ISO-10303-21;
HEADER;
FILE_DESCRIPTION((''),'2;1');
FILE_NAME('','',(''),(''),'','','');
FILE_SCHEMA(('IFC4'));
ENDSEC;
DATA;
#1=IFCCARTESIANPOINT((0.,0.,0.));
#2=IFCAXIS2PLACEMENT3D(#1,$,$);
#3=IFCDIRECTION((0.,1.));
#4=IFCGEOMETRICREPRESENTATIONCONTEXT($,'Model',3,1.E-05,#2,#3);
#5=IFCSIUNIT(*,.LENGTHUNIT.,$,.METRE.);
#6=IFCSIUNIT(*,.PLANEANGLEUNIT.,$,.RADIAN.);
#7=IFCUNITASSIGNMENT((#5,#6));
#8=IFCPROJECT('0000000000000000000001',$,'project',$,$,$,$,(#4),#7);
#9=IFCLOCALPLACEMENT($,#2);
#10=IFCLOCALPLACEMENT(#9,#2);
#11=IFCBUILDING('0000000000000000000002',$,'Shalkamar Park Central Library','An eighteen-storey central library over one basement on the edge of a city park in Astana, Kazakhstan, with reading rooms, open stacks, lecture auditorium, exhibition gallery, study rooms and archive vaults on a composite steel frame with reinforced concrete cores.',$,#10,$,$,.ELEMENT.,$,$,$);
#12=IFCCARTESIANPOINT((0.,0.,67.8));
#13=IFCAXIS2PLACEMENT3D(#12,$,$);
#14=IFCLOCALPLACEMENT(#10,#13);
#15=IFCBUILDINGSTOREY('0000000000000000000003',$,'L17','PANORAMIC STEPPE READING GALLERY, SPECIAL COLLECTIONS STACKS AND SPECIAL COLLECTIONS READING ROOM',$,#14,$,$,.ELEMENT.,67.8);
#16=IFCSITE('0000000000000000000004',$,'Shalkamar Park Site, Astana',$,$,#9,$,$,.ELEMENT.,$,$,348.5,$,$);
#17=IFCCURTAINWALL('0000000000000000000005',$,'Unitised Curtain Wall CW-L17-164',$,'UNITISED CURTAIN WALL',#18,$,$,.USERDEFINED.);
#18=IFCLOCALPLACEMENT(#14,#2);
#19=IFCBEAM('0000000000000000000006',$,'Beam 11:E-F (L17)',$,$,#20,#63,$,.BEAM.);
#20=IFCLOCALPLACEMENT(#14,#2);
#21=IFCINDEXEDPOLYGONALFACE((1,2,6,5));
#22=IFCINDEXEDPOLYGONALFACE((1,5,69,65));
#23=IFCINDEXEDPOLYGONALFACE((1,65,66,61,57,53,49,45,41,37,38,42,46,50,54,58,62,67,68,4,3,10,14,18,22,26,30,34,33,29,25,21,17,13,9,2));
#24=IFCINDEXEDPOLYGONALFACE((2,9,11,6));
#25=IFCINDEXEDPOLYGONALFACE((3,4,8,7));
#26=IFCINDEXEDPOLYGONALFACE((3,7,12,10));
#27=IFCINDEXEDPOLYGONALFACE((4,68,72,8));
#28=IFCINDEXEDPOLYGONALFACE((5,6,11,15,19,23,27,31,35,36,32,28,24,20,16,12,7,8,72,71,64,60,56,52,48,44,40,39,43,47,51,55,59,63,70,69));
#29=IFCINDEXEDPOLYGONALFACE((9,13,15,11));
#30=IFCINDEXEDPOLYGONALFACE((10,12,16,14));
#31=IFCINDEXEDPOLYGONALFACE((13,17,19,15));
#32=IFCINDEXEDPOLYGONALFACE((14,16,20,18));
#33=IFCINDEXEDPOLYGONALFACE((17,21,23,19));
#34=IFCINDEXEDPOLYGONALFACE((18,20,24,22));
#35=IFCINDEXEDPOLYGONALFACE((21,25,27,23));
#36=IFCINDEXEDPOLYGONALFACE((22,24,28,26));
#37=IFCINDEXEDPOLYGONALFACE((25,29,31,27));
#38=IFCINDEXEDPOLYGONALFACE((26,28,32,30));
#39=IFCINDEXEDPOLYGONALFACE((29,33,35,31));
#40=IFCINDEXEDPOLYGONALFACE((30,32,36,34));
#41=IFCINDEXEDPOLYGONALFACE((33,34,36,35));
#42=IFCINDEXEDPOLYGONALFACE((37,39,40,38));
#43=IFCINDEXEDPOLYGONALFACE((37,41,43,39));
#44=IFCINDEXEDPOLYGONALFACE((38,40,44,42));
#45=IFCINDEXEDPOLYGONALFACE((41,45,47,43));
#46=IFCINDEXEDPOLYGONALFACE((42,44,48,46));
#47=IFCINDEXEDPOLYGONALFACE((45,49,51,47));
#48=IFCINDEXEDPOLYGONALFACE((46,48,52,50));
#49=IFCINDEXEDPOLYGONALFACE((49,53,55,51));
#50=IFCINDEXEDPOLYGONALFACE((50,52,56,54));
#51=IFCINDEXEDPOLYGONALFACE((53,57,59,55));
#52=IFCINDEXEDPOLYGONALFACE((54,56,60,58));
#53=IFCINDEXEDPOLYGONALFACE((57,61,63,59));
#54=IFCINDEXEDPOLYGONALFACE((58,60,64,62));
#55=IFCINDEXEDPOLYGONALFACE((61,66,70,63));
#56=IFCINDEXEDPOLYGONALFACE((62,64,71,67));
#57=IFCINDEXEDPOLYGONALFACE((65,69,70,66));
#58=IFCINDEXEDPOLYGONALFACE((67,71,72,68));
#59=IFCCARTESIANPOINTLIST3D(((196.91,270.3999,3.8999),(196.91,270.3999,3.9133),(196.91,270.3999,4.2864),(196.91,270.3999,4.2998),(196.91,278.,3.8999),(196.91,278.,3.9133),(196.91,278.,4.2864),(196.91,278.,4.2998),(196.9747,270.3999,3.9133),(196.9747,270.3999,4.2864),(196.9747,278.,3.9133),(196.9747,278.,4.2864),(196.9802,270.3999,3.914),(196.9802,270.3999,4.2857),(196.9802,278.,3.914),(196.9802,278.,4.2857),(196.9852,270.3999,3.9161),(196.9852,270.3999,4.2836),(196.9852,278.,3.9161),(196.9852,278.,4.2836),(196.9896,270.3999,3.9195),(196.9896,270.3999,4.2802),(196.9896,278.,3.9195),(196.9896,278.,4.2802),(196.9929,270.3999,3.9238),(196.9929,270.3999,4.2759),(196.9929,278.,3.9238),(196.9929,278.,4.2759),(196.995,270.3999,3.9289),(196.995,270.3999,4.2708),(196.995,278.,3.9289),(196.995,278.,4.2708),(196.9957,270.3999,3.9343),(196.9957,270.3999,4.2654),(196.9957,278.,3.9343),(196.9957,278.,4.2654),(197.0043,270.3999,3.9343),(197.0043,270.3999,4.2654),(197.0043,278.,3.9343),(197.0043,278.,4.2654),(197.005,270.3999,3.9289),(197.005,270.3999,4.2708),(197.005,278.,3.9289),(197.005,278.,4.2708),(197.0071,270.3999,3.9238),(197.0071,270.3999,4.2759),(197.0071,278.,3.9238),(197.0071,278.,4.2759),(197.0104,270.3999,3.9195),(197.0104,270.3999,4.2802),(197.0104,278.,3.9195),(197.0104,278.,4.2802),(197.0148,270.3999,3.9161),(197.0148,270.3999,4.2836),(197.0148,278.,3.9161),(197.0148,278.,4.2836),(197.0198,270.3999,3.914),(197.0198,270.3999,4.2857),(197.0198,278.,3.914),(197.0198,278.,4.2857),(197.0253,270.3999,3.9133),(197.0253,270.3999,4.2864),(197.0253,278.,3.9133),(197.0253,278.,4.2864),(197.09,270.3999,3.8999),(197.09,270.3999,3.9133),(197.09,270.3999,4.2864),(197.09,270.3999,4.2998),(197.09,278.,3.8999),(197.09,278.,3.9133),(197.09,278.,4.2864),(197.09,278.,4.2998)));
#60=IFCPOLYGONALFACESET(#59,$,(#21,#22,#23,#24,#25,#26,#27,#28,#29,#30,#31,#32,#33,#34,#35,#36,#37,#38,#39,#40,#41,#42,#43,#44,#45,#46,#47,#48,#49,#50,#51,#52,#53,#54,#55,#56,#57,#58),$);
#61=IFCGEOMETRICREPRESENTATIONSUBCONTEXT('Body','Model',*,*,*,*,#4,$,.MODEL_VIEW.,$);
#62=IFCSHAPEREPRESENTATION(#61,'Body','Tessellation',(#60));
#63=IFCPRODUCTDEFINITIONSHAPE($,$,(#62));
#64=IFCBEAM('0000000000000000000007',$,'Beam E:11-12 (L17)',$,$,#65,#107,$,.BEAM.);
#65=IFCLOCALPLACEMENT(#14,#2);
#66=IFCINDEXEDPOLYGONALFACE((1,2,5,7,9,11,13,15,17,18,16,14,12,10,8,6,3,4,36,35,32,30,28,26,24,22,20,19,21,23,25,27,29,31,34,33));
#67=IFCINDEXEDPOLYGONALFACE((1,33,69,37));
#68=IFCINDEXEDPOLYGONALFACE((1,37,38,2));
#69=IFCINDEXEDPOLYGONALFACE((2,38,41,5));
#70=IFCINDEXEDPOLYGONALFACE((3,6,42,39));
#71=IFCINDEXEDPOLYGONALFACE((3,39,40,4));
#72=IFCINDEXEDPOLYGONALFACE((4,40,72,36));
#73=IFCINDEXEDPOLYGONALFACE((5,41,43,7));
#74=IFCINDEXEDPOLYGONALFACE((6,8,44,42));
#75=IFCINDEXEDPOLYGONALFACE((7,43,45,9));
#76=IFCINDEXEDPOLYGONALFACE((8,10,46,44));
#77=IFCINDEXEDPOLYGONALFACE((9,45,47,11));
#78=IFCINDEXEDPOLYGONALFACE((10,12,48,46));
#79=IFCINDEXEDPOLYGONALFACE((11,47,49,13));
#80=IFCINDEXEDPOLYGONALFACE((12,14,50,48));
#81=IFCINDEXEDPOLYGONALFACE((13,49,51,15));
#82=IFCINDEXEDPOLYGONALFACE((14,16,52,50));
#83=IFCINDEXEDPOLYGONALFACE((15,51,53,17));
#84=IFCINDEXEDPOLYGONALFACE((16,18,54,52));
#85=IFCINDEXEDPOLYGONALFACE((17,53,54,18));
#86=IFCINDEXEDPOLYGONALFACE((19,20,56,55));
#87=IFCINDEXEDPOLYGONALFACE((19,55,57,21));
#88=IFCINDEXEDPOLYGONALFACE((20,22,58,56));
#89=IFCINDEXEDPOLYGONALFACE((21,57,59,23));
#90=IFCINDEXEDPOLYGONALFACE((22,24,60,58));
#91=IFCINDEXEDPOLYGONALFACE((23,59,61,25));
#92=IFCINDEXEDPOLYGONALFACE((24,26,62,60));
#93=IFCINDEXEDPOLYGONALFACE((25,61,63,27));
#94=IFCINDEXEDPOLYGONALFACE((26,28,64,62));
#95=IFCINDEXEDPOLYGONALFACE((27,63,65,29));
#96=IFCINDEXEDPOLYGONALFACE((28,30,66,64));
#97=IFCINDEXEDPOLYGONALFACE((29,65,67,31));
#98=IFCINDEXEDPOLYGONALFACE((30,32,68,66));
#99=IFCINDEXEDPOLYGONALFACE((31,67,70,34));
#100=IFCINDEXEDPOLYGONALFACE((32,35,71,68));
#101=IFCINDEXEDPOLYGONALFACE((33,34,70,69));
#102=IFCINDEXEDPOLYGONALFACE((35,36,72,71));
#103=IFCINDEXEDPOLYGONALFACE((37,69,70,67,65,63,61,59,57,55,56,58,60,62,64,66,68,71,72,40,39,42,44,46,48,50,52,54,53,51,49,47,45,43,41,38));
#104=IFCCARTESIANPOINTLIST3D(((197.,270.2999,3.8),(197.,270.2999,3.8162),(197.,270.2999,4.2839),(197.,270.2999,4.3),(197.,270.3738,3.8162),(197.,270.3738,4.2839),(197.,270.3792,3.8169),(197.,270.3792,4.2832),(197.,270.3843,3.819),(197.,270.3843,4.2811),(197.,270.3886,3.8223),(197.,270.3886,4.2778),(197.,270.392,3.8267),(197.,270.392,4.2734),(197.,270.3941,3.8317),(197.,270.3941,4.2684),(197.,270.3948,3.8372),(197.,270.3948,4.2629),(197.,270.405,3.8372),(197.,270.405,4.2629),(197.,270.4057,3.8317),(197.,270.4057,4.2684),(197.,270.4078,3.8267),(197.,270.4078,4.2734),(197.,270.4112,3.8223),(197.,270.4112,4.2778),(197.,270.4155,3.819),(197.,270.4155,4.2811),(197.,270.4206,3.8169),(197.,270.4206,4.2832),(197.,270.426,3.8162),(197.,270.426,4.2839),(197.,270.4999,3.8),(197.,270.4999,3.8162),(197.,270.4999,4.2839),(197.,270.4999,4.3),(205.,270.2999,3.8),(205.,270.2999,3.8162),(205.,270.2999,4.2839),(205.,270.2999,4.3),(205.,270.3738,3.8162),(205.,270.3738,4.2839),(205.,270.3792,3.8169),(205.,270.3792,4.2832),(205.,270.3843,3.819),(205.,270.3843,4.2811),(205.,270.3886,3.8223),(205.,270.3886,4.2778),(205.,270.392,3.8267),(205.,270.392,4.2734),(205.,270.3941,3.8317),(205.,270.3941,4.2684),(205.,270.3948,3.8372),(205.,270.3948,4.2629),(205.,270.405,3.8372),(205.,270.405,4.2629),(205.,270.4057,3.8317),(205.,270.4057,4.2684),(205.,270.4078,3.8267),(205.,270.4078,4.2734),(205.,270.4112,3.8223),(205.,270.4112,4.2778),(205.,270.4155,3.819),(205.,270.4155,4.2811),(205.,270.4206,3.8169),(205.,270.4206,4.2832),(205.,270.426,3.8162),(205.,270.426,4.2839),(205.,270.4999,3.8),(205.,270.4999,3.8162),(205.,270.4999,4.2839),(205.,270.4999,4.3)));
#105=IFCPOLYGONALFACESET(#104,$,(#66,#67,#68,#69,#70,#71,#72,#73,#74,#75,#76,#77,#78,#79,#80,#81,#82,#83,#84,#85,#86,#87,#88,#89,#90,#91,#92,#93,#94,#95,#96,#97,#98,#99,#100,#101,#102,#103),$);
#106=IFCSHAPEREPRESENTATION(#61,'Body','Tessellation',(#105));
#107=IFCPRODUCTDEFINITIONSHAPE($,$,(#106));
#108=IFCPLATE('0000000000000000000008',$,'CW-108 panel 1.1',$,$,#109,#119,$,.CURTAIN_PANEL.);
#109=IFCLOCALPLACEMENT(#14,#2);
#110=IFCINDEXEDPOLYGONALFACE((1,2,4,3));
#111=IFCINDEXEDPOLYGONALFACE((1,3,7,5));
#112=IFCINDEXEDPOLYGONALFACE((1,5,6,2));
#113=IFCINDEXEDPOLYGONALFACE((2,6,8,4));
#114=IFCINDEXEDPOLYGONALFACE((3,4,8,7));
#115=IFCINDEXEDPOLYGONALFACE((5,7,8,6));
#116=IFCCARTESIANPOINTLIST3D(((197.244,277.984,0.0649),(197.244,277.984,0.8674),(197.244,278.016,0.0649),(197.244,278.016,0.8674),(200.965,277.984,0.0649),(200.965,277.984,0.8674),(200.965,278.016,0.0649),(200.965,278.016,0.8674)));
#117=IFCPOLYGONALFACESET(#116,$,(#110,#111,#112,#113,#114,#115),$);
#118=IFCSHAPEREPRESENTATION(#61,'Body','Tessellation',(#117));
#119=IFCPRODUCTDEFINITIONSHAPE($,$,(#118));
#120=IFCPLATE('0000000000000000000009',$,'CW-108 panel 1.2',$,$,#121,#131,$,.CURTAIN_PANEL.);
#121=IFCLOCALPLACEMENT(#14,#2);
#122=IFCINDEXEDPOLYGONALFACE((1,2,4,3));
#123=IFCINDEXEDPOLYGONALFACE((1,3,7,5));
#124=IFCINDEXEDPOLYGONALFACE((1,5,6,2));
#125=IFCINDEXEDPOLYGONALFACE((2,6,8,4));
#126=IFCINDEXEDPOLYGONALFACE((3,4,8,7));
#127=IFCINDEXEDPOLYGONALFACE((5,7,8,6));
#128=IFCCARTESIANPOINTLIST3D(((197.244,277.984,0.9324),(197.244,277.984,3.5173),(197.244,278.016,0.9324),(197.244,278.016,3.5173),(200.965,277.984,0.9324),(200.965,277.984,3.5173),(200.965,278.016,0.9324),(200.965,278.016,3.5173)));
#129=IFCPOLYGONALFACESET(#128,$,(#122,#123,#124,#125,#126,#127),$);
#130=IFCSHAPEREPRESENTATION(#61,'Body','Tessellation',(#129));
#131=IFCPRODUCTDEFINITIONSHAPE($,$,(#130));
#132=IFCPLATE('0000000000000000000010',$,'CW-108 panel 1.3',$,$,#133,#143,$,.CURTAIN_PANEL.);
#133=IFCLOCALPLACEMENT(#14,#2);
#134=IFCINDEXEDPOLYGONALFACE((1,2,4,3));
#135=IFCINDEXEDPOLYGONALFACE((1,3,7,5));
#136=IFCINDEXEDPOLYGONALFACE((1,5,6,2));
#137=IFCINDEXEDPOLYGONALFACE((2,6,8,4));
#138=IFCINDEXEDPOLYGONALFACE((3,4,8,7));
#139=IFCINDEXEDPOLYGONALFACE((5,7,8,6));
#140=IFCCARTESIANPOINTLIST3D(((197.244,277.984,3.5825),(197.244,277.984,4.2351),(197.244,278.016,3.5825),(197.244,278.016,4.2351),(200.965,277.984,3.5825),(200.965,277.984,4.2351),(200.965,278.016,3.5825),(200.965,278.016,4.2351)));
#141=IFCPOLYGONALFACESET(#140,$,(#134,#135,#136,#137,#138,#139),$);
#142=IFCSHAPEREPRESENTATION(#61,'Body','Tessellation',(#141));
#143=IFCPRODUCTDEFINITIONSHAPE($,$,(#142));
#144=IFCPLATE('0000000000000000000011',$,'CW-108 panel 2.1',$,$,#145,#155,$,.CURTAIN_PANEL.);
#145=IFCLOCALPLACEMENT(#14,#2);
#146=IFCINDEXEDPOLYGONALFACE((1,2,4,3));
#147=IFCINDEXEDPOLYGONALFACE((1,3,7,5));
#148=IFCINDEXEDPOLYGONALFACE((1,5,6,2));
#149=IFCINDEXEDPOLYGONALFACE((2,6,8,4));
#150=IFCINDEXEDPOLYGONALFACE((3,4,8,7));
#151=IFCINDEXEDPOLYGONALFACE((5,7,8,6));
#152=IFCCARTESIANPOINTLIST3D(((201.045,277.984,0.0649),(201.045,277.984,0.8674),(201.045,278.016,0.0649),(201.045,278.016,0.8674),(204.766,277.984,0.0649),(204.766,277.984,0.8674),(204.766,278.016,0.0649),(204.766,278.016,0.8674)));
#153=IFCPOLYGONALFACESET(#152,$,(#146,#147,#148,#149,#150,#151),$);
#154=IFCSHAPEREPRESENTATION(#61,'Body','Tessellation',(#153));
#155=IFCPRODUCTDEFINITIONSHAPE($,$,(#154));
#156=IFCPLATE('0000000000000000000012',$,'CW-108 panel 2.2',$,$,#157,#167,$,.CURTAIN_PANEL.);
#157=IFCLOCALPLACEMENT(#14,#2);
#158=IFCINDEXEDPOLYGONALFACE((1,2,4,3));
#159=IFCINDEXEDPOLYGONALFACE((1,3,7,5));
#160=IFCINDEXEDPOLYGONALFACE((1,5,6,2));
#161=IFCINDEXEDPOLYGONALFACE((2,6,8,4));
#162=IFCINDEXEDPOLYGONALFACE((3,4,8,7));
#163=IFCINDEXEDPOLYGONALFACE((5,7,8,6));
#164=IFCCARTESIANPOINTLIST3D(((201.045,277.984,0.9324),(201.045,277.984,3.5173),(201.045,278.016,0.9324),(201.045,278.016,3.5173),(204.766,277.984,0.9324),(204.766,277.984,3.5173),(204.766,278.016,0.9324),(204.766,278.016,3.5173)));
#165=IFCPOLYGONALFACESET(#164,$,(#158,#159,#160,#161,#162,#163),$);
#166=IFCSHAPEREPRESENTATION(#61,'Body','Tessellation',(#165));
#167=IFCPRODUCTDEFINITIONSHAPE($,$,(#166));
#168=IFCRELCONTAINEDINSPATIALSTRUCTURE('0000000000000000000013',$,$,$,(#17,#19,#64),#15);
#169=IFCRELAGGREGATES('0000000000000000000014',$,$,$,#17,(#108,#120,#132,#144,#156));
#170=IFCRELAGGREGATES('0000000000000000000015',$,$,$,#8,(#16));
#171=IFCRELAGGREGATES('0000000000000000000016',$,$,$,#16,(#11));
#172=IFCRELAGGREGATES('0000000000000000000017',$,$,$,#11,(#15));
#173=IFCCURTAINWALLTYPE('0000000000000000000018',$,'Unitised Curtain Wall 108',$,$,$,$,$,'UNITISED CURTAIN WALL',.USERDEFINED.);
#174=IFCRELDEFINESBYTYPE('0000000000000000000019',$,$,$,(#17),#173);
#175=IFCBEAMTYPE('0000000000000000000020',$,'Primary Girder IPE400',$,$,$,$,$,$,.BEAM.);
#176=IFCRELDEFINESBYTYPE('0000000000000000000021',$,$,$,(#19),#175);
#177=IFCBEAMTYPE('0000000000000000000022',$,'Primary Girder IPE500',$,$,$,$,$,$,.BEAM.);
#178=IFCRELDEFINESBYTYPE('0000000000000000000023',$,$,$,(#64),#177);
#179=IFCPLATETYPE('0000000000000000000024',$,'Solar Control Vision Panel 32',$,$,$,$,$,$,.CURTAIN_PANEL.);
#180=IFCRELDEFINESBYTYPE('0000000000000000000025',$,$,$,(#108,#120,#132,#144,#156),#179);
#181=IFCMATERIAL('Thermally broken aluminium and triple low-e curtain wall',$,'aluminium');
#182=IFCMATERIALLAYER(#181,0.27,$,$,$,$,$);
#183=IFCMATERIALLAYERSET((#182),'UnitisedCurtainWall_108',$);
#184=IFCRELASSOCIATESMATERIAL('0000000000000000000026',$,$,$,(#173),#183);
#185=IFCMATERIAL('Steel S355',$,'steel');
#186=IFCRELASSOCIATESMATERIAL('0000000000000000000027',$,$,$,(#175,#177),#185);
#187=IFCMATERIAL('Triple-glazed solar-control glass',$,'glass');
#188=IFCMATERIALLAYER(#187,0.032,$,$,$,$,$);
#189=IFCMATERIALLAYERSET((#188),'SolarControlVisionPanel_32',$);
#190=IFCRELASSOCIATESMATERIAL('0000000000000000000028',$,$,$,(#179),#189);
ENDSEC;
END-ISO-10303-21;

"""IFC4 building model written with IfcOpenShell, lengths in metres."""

from ifc_helpers import new_model, si_unit, direction, frame, origin, origin_2d, place, context, subcontext, project, spatial, rectangle, i_section, extrude, material, layer, layer_set, material_profile, profile_set, type_object, element, aggregate, save


model = new_model("IFC4")

# Units and contexts
model_context = context("Model", 3, precision=1e-05, world=origin(), true_north=direction((0.0, 1.0)))
body_context = subcontext(model_context, "Body", "Model", "MODEL_VIEW")
ifc_project = project(units=[si_unit("LENGTHUNIT", "METRE"), si_unit("PLANEANGLEUNIT", "RADIAN")], contexts=[model_context])

# Site, building, storey
site_placement = place(None, origin())
site = spatial("IfcSite", under=ifc_project, at=site_placement, Name="Shalkamar Park Site, Astana", CompositionType="ELEMENT", RefElevation=348.5)
building_placement = place(site_placement, origin())
building = spatial("IfcBuilding", under=site, at=building_placement, Name="Shalkamar Park Central Library", Description="An eighteen-storey central library over one basement on the edge of a city park in Astana, Kazakhstan, with reading rooms, open stacks, lecture auditorium, exhibition gallery, study rooms and archive vaults on a composite steel frame with reinforced concrete cores.", CompositionType="ELEMENT")
storey_placement = place(building_placement, frame((0.0, 0.0, 67.8)))
storey = spatial("IfcBuildingStorey", under=building, at=storey_placement, Name="L17", Description="PANORAMIC STEPPE READING GALLERY, SPECIAL COLLECTIONS STACKS AND SPECIAL COLLECTIONS READING ROOM", CompositionType="ELEMENT", Elevation=67.8)

# Shared definitions
ifc_material_1 = material(Name="Steel S355", Category="steel")

# Shared definitions
ifc_material_2 = material(Name="Thermally broken aluminium and triple low-e curtain wall", Category="aluminium")

# Curtain wall
ifc_layer_1 = layer(ifc_material_2, 0.27)
ifc_layer_set_1 = layer_set([ifc_layer_1], Name="UnitisedCurtainWall_108")
curtain_wall_type_1 = type_object("IfcCurtainWallType", Name="Unitised Curtain Wall 108", ElementType="UNITISED CURTAIN WALL", PredefinedType="USERDEFINED", material=ifc_layer_set_1)
curtain_wall_1_placement = place(storey_placement, origin())
curtain_wall_1 = element("IfcCurtainWall", 1, at=curtain_wall_1_placement, inside=storey, type_object=curtain_wall_type_1, Name="Unitised Curtain Wall CW-L17-164", ObjectType="UNITISED CURTAIN WALL", PredefinedType="USERDEFINED")

# Beams
ifc_material_profile_1 = material_profile(ifc_material_1, i_section(OverallWidth=0.1799, OverallDepth=0.3999, WebThickness=0.0085, FlangeThickness=0.0134, FilletRadius=0.021, at=origin_2d()), Name="IPE 400")
ifc_profile_set_1 = profile_set([ifc_material_profile_1], Name="Steel S355")
beam_type_1 = type_object("IfcBeamType", Name="Primary Girder IPE400", PredefinedType="BEAM", material=ifc_profile_set_1)
beam_1_placement = place(storey_placement, frame((197.0, 270.3999, 4.0999), z_axis=(0.0, 1.0, 0.0), x_axis=(-1.0, 0.0, 0.0)))
element("IfcBeam", 2, at=beam_1_placement, inside=storey, type_object=beam_type_1, Name="Beam 11:E-F (L17)", PredefinedType="BEAM", context=body_context, shape_type="SweptSolid", body=[
    extrude(i_section(OverallWidth=0.1799, OverallDepth=0.3999, WebThickness=0.0085, FlangeThickness=0.0134, FilletRadius=0.021, at=origin_2d()), origin(), (0.0, 0.0, 1.0), 7.6001),
])
ifc_material_profile_2 = material_profile(ifc_material_1, i_section(OverallWidth=0.2, OverallDepth=0.5, WebThickness=0.0103, FlangeThickness=0.0161, FilletRadius=0.021, at=origin_2d()), Name="IPE 500")
ifc_profile_set_2 = profile_set([ifc_material_profile_2], Name="Steel S355")
beam_type_2 = type_object("IfcBeamType", Name="Primary Girder IPE500", PredefinedType="BEAM", material=ifc_profile_set_2)
beam_2_placement = place(storey_placement, frame((197.0, 270.3999, 4.05), z_axis=(1.0, 0.0, 0.0), x_axis=(0.0, 1.0, 0.0)))
element("IfcBeam", 3, at=beam_2_placement, inside=storey, type_object=beam_type_2, Name="Beam E:11-12 (L17)", PredefinedType="BEAM", context=body_context, shape_type="SweptSolid", body=[
    extrude(i_section(OverallWidth=0.2, OverallDepth=0.5, WebThickness=0.0103, FlangeThickness=0.0161, FilletRadius=0.021, at=origin_2d()), origin(), (0.0, 0.0, 1.0), 8.0),
])

# Plates
ifc_material_3 = material(Name="Triple-glazed solar-control glass", Category="glass")
ifc_layer_2 = layer(ifc_material_3, 0.032)
ifc_layer_set_2 = layer_set([ifc_layer_2], Name="SolarControlVisionPanel_32")
plate_type = type_object("IfcPlateType", Name="Solar Control Vision Panel 32", PredefinedType="CURTAIN_PANEL", material=ifc_layer_set_2)
plate_1_placement = place(storey_placement, frame((199.1045, 278.0, 0.0649), z_axis=(0.0, 0.0, 1.0), x_axis=(1.0, 0.0, 0.0)))
plate_1 = element("IfcPlate", 4, at=plate_1_placement, type_object=plate_type, Name="CW-108 panel 1.1", PredefinedType="CURTAIN_PANEL", context=body_context, shape_type="SweptSolid", body=[
    extrude(rectangle(XDim=3.7209, YDim=0.032, at=origin_2d()), origin(), (0.0, 0.0, 1.0), 0.8025),
])
plate_2_placement = place(storey_placement, frame((199.1045, 278.0, 0.9324), z_axis=(0.0, 0.0, 1.0), x_axis=(1.0, 0.0, 0.0)))
plate_2 = element("IfcPlate", 5, at=plate_2_placement, type_object=plate_type, Name="CW-108 panel 1.2", PredefinedType="CURTAIN_PANEL", context=body_context, shape_type="SweptSolid", body=[
    extrude(rectangle(XDim=3.7209, YDim=0.032, at=origin_2d()), origin(), (0.0, 0.0, 1.0), 2.585),
])
plate_3_placement = place(storey_placement, frame((199.1045, 278.0, 3.5825), z_axis=(0.0, 0.0, 1.0), x_axis=(1.0, 0.0, 0.0)))
plate_3 = element("IfcPlate", 6, at=plate_3_placement, type_object=plate_type, Name="CW-108 panel 1.3", PredefinedType="CURTAIN_PANEL", context=body_context, shape_type="SweptSolid", body=[
    extrude(rectangle(XDim=3.7209, YDim=0.032, at=origin_2d()), origin(), (0.0, 0.0, 1.0), 0.6526),
])
plate_4_placement = place(storey_placement, frame((202.9055, 278.0, 0.0649), z_axis=(0.0, 0.0, 1.0), x_axis=(1.0, 0.0, 0.0)))
plate_4 = element("IfcPlate", 7, at=plate_4_placement, type_object=plate_type, Name="CW-108 panel 2.1", PredefinedType="CURTAIN_PANEL", context=body_context, shape_type="SweptSolid", body=[
    extrude(rectangle(XDim=3.7209, YDim=0.032, at=origin_2d()), origin(), (0.0, 0.0, 1.0), 0.8025),
])
plate_5_placement = place(storey_placement, frame((202.9055, 278.0, 0.9324), z_axis=(0.0, 0.0, 1.0), x_axis=(1.0, 0.0, 0.0)))
plate_5 = element("IfcPlate", 8, at=plate_5_placement, type_object=plate_type, Name="CW-108 panel 2.2", PredefinedType="CURTAIN_PANEL", context=body_context, shape_type="SweptSolid", body=[
    extrude(rectangle(XDim=3.7209, YDim=0.032, at=origin_2d()), origin(), (0.0, 0.0, 1.0), 2.585),
])
aggregate(curtain_wall_1, [plate_1, plate_2, plate_3, plate_4, plate_5])

save(model, "model.ifc")
